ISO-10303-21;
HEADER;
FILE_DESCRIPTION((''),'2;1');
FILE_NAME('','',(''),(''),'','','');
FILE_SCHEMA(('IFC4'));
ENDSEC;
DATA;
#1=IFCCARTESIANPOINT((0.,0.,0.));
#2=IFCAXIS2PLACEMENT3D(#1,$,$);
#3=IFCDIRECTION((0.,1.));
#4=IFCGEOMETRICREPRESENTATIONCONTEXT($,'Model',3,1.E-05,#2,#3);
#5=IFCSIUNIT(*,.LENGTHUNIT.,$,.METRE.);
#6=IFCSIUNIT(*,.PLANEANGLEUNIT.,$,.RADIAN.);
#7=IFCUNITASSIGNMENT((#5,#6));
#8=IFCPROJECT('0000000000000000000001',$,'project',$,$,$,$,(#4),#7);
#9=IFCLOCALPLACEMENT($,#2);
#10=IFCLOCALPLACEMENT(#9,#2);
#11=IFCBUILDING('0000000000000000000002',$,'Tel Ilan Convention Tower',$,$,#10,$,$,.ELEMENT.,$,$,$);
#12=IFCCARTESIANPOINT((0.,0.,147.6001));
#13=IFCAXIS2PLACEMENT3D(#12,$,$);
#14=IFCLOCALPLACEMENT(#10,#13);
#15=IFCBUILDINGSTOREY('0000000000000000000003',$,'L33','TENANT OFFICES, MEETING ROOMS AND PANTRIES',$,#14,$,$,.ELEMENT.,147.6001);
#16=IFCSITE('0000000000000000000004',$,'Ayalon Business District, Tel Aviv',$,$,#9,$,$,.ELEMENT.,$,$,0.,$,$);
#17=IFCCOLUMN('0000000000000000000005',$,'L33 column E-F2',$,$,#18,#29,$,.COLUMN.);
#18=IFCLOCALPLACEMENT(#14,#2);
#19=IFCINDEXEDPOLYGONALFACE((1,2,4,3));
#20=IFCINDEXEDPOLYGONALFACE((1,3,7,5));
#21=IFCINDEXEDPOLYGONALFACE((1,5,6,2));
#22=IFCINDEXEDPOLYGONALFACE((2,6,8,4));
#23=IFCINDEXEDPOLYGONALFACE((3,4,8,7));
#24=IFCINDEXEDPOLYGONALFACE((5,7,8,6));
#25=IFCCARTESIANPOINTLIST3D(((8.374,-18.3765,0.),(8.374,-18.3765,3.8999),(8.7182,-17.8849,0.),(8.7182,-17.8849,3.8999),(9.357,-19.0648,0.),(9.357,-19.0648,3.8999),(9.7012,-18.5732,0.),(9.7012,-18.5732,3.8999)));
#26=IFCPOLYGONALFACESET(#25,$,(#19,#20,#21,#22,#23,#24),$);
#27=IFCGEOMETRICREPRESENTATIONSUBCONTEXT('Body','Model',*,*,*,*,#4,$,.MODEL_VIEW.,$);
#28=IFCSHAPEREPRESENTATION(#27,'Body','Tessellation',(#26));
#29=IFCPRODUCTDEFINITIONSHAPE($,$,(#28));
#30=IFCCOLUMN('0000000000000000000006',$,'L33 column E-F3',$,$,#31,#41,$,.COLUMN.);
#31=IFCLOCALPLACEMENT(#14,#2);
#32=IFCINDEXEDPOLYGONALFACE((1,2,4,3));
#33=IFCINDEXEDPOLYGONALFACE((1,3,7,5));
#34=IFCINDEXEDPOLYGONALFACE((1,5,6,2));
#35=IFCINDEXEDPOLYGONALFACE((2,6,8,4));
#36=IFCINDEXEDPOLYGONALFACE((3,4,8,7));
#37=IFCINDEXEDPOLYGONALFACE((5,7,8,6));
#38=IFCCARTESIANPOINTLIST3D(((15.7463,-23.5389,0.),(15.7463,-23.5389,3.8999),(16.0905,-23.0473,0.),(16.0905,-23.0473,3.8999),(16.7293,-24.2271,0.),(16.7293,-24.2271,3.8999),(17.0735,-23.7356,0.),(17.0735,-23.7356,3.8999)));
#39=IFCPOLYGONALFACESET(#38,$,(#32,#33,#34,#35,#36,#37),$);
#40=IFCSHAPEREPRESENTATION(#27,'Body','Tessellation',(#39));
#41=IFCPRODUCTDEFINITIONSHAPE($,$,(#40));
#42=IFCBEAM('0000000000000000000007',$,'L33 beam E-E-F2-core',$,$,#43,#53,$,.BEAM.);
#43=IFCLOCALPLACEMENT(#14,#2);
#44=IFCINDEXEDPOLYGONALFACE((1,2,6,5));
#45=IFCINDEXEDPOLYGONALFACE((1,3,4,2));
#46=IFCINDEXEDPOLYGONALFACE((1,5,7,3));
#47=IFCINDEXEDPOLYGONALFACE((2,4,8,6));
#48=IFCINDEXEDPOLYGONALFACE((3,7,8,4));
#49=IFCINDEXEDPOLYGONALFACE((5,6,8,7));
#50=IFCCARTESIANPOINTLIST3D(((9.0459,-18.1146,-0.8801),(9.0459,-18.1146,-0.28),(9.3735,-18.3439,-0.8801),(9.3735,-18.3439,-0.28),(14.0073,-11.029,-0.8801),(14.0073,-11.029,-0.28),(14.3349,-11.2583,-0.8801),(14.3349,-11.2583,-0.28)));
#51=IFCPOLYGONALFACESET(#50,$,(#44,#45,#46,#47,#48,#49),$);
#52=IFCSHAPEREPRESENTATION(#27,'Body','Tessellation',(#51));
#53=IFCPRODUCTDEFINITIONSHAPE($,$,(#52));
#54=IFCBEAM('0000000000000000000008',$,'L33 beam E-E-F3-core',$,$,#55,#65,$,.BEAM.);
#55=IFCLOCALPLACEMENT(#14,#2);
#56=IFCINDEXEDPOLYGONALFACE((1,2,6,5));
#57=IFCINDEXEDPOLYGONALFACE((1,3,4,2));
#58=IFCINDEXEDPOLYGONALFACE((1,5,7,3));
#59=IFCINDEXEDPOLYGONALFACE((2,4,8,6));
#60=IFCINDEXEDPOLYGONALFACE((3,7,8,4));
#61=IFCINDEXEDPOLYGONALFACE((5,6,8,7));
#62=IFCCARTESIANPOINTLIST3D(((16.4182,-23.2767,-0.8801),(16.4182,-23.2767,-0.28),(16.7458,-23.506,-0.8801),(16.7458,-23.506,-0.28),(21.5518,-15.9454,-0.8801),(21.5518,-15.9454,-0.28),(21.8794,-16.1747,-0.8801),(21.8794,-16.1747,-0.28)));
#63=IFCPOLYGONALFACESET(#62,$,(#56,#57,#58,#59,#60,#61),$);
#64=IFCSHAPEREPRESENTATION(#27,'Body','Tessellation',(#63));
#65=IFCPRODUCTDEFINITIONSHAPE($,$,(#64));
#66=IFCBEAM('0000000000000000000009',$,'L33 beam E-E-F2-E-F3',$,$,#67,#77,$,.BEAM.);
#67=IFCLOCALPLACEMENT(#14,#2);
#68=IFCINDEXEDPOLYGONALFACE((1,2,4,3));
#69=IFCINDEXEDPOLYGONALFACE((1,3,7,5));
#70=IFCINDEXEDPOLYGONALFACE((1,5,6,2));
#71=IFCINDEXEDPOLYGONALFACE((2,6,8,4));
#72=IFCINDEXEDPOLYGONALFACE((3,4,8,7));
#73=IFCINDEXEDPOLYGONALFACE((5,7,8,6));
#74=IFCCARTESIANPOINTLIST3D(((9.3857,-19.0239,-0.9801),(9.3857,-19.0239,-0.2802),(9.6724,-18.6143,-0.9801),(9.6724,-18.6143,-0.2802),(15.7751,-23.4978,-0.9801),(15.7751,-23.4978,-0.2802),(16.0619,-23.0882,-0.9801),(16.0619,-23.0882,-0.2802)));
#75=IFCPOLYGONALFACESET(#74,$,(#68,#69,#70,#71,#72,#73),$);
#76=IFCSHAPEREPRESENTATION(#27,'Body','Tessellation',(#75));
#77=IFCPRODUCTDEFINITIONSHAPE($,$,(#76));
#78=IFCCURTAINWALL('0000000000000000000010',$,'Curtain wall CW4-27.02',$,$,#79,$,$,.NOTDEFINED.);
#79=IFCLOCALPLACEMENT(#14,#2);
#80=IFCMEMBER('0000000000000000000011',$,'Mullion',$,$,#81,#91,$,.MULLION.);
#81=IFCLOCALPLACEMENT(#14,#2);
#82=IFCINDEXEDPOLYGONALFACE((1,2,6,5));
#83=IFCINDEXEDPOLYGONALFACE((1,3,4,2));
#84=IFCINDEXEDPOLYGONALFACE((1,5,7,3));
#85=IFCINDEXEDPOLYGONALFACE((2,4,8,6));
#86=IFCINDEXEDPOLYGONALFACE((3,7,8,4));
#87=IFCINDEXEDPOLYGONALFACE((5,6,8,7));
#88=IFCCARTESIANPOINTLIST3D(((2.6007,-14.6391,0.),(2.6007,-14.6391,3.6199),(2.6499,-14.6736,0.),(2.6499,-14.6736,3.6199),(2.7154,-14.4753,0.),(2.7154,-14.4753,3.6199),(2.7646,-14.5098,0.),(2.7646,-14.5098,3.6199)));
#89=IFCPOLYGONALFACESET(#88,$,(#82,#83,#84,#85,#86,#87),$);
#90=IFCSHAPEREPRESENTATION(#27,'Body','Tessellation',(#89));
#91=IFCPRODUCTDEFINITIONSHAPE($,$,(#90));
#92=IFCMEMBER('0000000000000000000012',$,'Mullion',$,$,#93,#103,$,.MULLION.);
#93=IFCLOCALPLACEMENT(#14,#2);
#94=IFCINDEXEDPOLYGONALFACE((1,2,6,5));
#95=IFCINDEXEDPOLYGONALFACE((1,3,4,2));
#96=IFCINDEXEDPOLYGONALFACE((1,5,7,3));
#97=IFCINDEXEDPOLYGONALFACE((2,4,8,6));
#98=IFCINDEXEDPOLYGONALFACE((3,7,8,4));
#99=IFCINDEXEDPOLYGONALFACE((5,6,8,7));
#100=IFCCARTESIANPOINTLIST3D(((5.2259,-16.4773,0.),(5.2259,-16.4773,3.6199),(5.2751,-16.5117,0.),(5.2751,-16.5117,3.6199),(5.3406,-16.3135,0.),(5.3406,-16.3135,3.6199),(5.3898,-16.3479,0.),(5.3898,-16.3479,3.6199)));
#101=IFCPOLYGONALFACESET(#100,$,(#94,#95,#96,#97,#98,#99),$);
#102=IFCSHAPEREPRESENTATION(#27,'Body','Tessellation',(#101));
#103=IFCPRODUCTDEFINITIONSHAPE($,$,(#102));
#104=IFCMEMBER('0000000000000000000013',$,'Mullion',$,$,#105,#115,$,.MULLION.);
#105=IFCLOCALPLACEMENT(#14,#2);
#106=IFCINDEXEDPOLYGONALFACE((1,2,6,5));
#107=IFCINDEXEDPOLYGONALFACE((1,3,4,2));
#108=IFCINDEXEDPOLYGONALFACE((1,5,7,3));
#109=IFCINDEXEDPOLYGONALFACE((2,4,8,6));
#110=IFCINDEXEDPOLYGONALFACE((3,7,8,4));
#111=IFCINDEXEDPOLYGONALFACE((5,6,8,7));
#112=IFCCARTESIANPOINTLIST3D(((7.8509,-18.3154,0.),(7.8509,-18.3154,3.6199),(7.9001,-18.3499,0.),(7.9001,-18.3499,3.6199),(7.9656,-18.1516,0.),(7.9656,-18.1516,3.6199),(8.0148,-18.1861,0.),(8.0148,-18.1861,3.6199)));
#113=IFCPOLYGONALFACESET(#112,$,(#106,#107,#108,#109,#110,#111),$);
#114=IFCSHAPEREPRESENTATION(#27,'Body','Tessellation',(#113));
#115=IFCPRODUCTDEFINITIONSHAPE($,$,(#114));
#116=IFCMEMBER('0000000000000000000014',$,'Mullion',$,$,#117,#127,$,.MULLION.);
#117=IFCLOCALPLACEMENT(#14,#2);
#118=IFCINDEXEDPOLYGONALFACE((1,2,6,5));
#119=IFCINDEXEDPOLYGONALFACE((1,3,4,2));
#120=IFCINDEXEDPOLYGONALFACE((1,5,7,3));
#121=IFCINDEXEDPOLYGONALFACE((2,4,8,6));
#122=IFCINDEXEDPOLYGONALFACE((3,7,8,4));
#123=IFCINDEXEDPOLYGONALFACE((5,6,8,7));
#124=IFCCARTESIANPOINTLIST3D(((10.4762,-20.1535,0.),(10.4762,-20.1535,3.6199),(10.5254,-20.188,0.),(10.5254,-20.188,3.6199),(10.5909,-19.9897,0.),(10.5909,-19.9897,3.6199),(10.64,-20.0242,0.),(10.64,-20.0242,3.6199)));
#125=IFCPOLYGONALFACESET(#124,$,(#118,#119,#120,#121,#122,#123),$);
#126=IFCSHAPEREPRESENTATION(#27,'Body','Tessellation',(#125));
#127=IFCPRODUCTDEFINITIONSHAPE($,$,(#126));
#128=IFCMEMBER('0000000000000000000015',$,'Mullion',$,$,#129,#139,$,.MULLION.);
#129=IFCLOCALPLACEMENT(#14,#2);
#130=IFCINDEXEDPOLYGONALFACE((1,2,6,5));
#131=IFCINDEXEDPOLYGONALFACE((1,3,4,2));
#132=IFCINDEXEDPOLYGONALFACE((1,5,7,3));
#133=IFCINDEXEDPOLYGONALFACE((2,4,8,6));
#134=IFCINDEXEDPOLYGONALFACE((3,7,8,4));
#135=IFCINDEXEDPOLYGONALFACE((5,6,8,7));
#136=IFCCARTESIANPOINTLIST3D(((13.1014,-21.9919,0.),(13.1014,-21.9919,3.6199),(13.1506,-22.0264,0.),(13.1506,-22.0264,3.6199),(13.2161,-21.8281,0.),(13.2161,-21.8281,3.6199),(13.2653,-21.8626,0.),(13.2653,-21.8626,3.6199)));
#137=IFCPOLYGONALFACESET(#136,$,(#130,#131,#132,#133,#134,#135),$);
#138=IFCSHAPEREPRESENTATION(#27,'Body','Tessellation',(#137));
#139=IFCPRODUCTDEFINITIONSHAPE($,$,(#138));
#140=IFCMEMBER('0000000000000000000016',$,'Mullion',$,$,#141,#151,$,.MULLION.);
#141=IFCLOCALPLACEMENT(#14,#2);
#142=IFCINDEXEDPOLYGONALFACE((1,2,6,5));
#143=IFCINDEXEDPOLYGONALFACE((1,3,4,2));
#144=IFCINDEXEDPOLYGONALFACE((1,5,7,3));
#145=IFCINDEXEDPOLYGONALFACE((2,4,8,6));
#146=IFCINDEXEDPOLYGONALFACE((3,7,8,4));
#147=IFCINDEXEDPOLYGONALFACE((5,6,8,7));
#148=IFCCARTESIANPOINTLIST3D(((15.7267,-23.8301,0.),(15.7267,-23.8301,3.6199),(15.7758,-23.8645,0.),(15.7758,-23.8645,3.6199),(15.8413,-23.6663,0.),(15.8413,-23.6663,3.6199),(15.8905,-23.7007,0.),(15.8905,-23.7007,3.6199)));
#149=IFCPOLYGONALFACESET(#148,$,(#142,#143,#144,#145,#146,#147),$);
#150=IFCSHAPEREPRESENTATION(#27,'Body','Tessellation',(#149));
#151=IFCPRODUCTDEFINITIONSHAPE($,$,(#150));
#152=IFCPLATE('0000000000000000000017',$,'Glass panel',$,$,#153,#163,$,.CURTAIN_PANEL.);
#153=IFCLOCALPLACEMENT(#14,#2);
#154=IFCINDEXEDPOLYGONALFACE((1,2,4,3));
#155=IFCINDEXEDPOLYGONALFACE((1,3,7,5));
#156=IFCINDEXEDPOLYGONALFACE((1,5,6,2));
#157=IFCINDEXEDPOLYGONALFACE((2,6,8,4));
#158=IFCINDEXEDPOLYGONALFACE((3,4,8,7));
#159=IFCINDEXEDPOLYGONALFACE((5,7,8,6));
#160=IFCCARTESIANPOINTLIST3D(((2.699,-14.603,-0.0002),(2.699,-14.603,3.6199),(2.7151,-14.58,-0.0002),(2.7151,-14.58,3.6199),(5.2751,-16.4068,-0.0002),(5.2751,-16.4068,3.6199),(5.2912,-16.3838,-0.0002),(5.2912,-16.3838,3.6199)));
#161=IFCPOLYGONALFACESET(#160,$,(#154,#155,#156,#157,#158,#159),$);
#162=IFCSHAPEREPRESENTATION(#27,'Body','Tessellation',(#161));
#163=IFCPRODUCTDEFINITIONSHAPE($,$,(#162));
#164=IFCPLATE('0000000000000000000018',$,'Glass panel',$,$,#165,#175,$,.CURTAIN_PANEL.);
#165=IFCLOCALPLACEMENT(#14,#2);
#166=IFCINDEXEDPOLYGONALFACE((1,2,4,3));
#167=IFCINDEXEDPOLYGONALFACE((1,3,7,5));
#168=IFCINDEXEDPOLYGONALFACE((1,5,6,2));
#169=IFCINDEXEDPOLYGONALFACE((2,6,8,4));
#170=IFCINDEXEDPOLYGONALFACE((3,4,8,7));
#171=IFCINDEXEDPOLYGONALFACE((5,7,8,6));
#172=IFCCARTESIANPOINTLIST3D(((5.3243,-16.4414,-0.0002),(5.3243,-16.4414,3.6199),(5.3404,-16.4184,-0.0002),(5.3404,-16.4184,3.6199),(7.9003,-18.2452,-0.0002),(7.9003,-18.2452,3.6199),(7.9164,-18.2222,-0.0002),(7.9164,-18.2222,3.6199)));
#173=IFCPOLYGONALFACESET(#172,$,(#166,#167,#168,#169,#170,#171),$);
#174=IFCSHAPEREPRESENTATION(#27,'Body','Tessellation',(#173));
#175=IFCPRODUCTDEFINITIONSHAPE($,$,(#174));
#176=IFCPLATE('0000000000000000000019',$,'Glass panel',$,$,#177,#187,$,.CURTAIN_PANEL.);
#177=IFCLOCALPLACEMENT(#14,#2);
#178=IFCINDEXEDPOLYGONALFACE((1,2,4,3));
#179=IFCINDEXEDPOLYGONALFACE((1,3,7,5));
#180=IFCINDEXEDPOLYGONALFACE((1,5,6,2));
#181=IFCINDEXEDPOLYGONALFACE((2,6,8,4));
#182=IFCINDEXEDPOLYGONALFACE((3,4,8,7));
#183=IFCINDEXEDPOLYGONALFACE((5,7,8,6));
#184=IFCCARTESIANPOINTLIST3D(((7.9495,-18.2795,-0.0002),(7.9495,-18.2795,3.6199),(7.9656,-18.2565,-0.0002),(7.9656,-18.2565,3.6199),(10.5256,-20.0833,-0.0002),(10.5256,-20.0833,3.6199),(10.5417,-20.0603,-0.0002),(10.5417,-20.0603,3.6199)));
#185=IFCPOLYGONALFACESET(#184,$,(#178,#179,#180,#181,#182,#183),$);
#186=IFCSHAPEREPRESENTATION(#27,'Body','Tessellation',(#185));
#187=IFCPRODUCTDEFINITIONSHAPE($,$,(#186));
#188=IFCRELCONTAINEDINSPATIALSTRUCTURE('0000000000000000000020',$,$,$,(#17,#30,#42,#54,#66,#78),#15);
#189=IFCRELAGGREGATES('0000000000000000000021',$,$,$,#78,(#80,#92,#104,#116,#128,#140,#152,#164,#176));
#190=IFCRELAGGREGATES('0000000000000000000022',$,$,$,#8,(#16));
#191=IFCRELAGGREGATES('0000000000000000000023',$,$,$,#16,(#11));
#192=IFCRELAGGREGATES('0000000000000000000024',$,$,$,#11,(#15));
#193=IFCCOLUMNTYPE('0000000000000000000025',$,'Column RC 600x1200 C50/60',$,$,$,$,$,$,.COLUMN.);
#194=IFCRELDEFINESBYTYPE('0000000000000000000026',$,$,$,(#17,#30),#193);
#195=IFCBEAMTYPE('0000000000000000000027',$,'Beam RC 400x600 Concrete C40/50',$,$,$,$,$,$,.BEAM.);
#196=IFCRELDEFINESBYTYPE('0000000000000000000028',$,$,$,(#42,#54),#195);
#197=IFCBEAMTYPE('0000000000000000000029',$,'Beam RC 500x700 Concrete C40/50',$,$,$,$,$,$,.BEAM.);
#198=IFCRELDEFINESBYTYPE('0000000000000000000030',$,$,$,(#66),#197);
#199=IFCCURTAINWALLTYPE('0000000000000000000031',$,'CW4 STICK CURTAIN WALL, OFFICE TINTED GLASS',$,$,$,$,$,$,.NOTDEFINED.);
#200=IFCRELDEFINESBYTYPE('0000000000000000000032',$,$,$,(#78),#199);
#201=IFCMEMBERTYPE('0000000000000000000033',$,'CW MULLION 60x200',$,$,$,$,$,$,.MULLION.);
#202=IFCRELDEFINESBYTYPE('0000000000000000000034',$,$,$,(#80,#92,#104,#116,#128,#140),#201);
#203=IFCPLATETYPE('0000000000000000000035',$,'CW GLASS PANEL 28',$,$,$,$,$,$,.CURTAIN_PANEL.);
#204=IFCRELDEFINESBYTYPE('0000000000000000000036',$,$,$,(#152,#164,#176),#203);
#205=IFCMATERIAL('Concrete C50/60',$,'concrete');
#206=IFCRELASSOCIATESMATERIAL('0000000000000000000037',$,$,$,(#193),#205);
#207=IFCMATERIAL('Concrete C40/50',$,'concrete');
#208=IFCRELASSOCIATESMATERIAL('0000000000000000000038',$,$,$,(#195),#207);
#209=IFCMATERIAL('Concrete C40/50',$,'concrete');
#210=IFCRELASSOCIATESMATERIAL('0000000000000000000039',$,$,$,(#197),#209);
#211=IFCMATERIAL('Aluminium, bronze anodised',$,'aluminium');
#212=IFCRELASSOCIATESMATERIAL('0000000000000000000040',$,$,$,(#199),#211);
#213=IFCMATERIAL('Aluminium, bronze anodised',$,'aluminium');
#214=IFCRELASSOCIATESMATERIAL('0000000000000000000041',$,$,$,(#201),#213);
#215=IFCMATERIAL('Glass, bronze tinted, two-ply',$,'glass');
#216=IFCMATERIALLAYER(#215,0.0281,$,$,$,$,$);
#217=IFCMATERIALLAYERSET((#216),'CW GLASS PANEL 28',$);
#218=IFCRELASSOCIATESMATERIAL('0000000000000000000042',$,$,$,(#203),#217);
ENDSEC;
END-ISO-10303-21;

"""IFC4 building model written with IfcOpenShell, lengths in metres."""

from ifc_helpers import new_model, si_unit, direction, frame, origin, origin_2d, place, context, subcontext, project, spatial, rectangle, extrude, material, layer, layer_set, material_profile, profile_set, type_object, element, aggregate, save


model = new_model("IFC4")

# Units and contexts
model_context = context("Model", 3, precision=1e-05, world=origin(), true_north=direction((0.0, 1.0)))
body_context = subcontext(model_context, "Body", "Model", "MODEL_VIEW")
ifc_project = project(units=[si_unit("LENGTHUNIT", "METRE"), si_unit("PLANEANGLEUNIT", "RADIAN")], contexts=[model_context])

# Site, building, storey
site_placement = place(None, origin())
site = spatial("IfcSite", under=ifc_project, at=site_placement, Name="Ayalon Business District, Tel Aviv", CompositionType="ELEMENT", RefElevation=0.0)
building_placement = place(site_placement, origin())
building = spatial("IfcBuilding", under=site, at=building_placement, Name="Tel Ilan Convention Tower", CompositionType="ELEMENT")
storey_placement = place(building_placement, frame((0.0, 0.0, 147.6001)))
storey = spatial("IfcBuildingStorey", under=building, at=storey_placement, Name="L33", Description="TENANT OFFICES, MEETING ROOMS AND PANTRIES", CompositionType="ELEMENT", Elevation=147.6001)

# Columns
ifc_material_1 = material(Name="Concrete C50/60", Category="concrete")
ifc_material_profile_1 = material_profile(ifc_material_1, rectangle(XDim=1.2, YDim=0.6001, at=origin_2d()), Name="RC 600x1200")
ifc_profile_set_1 = profile_set([ifc_material_profile_1], Name="Concrete C50/60")
column_type = type_object("IfcColumnType", Name="Column RC 600x1200 C50/60", PredefinedType="COLUMN", material=ifc_profile_set_1)
for number, where, z_axis, x_axis, name in (
    (1, (9.0376, -18.4749, 0.0), (0.0, 0.0, 1.0), (0.819152, -0.573576, 0.0), "L33 column E-F2"),
    (2, (16.4099, -23.6372, 0.0), (0.0, 0.0, 1.0), (0.819152, -0.573576, 0.0), "L33 column E-F3"),
):
    element("IfcColumn", number, at=place(storey_placement, frame(where, z_axis=z_axis, x_axis=x_axis)), inside=storey, type_object=column_type, Name=name, PredefinedType="COLUMN", context=body_context, shape_type="SweptSolid", body=[
        extrude(rectangle(XDim=1.2, YDim=0.6001, at=origin_2d()), origin(), (0.0, 0.0, 1.0), 3.8999),
    ])

# Beams
ifc_material_2 = material(Name="Concrete C40/50", Category="concrete")
ifc_material_profile_2 = material_profile(ifc_material_2, rectangle(XDim=0.3999, YDim=0.6001, at=origin_2d()), Name="RC 400x600")
ifc_profile_set_2 = profile_set([ifc_material_profile_2], Name="Concrete C40/50")
beam_type_1 = type_object("IfcBeamType", Name="Beam RC 400x600 Concrete C40/50", PredefinedType="BEAM", material=ifc_profile_set_2)
beam_1_placement = place(storey_placement, frame((9.2097, -18.2292, -0.5801), z_axis=(0.573574, 0.819154, 0.0), x_axis=(-0.819154, 0.573574, 0.0)))
element("IfcBeam", 3, at=beam_1_placement, inside=storey, type_object=beam_type_1, Name="L33 beam E-E-F2-core", PredefinedType="BEAM", context=body_context, shape_type="SweptSolid", body=[
    extrude(rectangle(XDim=0.3999, YDim=0.6001, at=origin_2d()), origin(), (0.0, 0.0, 1.0), 8.6499),
])
beam_2_placement = place(storey_placement, frame((16.582, -23.3914, -0.5801), z_axis=(0.573585, 0.819146, 0.0), x_axis=(-0.819146, 0.573585, 0.0)))
element("IfcBeam", 4, at=beam_2_placement, inside=storey, type_object=beam_type_1, Name="L33 beam E-E-F3-core", PredefinedType="BEAM", context=body_context, shape_type="SweptSolid", body=[
    extrude(rectangle(XDim=0.3999, YDim=0.6001, at=origin_2d()), origin(), (0.0, 0.0, 1.0), 8.95),
])
ifc_material_3 = material(Name="Concrete C40/50", Category="concrete")
ifc_material_profile_3 = material_profile(ifc_material_3, rectangle(XDim=0.5, YDim=0.7, at=origin_2d()), Name="RC 500x700")
ifc_profile_set_3 = profile_set([ifc_material_profile_3], Name="Concrete C40/50")
beam_type_2 = type_object("IfcBeamType", Name="Beam RC 500x700 Concrete C40/50", PredefinedType="BEAM", material=ifc_profile_set_3)
beam_3_placement = place(storey_placement, frame((9.5291, -18.8191, -0.6301), z_axis=(0.819154, -0.573574, 0.0), x_axis=(0.573574, 0.819154, 0.0)))
element("IfcBeam", 5, at=beam_3_placement, inside=storey, type_object=beam_type_2, Name="L33 beam E-E-F2-E-F3", PredefinedType="BEAM", context=body_context, shape_type="SweptSolid", body=[
    extrude(rectangle(XDim=0.5, YDim=0.7, at=origin_2d()), origin(), (0.0, 0.0, 1.0), 7.8),
])

# Curtain wall, members, plates
ifc_material_4 = material(Name="Aluminium, bronze anodised", Category="aluminium")
curtain_wall_type = type_object("IfcCurtainWallType", Name="CW4 STICK CURTAIN WALL, OFFICE TINTED GLASS", PredefinedType="NOTDEFINED", material=ifc_material_4)
curtain_wall_placement = place(storey_placement, origin())
curtain_wall = element("IfcCurtainWall", 6, at=curtain_wall_placement, inside=storey, type_object=curtain_wall_type, Name="Curtain wall CW4-27.02", PredefinedType="NOTDEFINED")
ifc_material_5 = material(Name="Aluminium, bronze anodised", Category="aluminium")
ifc_material_profile_4 = material_profile(ifc_material_5, rectangle(XDim=0.0601, YDim=0.2, at=origin_2d()), Name="CW MULLION 60x200")
ifc_profile_set_4 = profile_set([ifc_material_profile_4], Name="Aluminium, bronze anodised")
member_type = type_object("IfcMemberType", Name="CW MULLION 60x200", PredefinedType="MULLION", material=ifc_profile_set_4)
member_1_placement = place(storey_placement, frame((2.6826, -14.5745, 0.0), z_axis=(0.0, 0.0, 1.0), x_axis=(0.819152, -0.573576, 0.0)))
member_1 = element("IfcMember", 7, at=member_1_placement, type_object=member_type, Name="Mullion", PredefinedType="MULLION", context=body_context, shape_type="SweptSolid", body=[
    extrude(rectangle(XDim=0.0601, YDim=0.2, at=origin_2d()), origin(), (0.0, 0.0, 1.0), 3.6199),
])
member_2_placement = place(storey_placement, frame((5.3079, -16.4126, 0.0), z_axis=(0.0, 0.0, 1.0), x_axis=(0.819152, -0.573576, 0.0)))
member_2 = element("IfcMember", 8, at=member_2_placement, type_object=member_type, Name="Mullion", PredefinedType="MULLION", context=body_context, shape_type="SweptSolid", body=[
    extrude(rectangle(XDim=0.0601, YDim=0.2, at=origin_2d()), origin(), (0.0, 0.0, 1.0), 3.6199),
])
member_3_placement = place(storey_placement, frame((7.9329, -18.2507, 0.0), z_axis=(0.0, 0.0, 1.0), x_axis=(0.819152, -0.573576, 0.0)))
member_3 = element("IfcMember", 9, at=member_3_placement, type_object=member_type, Name="Mullion", PredefinedType="MULLION", context=body_context, shape_type="SweptSolid", body=[
    extrude(rectangle(XDim=0.0601, YDim=0.2, at=origin_2d()), origin(), (0.0, 0.0, 1.0), 3.6199),
])
member_4_placement = place(storey_placement, frame((10.5581, -20.0889, 0.0), z_axis=(0.0, 0.0, 1.0), x_axis=(0.819152, -0.573576, 0.0)))
member_4 = element("IfcMember", 10, at=member_4_placement, type_object=member_type, Name="Mullion", PredefinedType="MULLION", context=body_context, shape_type="SweptSolid", body=[
    extrude(rectangle(XDim=0.0601, YDim=0.2, at=origin_2d()), origin(), (0.0, 0.0, 1.0), 3.6199),
])
member_5_placement = place(storey_placement, frame((13.1833, -21.9272, 0.0), z_axis=(0.0, 0.0, 1.0), x_axis=(0.819152, -0.573576, 0.0)))
member_5 = element("IfcMember", 11, at=member_5_placement, type_object=member_type, Name="Mullion", PredefinedType="MULLION", context=body_context, shape_type="SweptSolid", body=[
    extrude(rectangle(XDim=0.0601, YDim=0.2, at=origin_2d()), origin(), (0.0, 0.0, 1.0), 3.6199),
])
member_6_placement = place(storey_placement, frame((15.8086, -23.7654, 0.0), z_axis=(0.0, 0.0, 1.0), x_axis=(0.819152, -0.573576, 0.0)))
member_6 = element("IfcMember", 12, at=member_6_placement, type_object=member_type, Name="Mullion", PredefinedType="MULLION", context=body_context, shape_type="SweptSolid", body=[
    extrude(rectangle(XDim=0.0601, YDim=0.2, at=origin_2d()), origin(), (0.0, 0.0, 1.0), 3.6199),
])
ifc_material_6 = material(Name="Glass, bronze tinted, two-ply", Category="glass")
ifc_layer_1 = layer(ifc_material_6, 0.0281)
ifc_layer_set_1 = layer_set([ifc_layer_1], Name="CW GLASS PANEL 28")
plate_type = type_object("IfcPlateType", Name="CW GLASS PANEL 28", PredefinedType="CURTAIN_PANEL", material=ifc_layer_set_1)
plate_1_placement = place(storey_placement, frame((3.9951, -15.4934, -0.0002), z_axis=(0.0, 0.0, 1.0), x_axis=(0.819152, -0.573576, 0.0)))
plate_1 = element("IfcPlate", 13, at=plate_1_placement, type_object=plate_type, Name="Glass panel", PredefinedType="CURTAIN_PANEL", context=body_context, shape_type="SweptSolid", body=[
    extrude(rectangle(XDim=3.1448, YDim=0.0281, at=origin_2d()), origin(), (0.0, 0.0, 1.0), 3.6201),
])
plate_2_placement = place(storey_placement, frame((6.6204, -17.3318, -0.0002), z_axis=(0.0, 0.0, 1.0), x_axis=(0.819152, -0.573576, 0.0)))
plate_2 = element("IfcPlate", 14, at=plate_2_placement, type_object=plate_type, Name="Glass panel", PredefinedType="CURTAIN_PANEL", context=body_context, shape_type="SweptSolid", body=[
    extrude(rectangle(XDim=3.1448, YDim=0.0281, at=origin_2d()), origin(), (0.0, 0.0, 1.0), 3.6201),
])
plate_3_placement = place(storey_placement, frame((9.2456, -19.1699, -0.0002), z_axis=(0.0, 0.0, 1.0), x_axis=(0.819152, -0.573576, 0.0)))
plate_3 = element("IfcPlate", 15, at=plate_3_placement, type_object=plate_type, Name="Glass panel", PredefinedType="CURTAIN_PANEL", context=body_context, shape_type="SweptSolid", body=[
    extrude(rectangle(XDim=3.1448, YDim=0.0281, at=origin_2d()), origin(), (0.0, 0.0, 1.0), 3.6201),
])
aggregate(curtain_wall, [member_1, member_2, member_3, member_4, member_5, member_6, plate_1, plate_2, plate_3])

save(model, "model.ifc")
